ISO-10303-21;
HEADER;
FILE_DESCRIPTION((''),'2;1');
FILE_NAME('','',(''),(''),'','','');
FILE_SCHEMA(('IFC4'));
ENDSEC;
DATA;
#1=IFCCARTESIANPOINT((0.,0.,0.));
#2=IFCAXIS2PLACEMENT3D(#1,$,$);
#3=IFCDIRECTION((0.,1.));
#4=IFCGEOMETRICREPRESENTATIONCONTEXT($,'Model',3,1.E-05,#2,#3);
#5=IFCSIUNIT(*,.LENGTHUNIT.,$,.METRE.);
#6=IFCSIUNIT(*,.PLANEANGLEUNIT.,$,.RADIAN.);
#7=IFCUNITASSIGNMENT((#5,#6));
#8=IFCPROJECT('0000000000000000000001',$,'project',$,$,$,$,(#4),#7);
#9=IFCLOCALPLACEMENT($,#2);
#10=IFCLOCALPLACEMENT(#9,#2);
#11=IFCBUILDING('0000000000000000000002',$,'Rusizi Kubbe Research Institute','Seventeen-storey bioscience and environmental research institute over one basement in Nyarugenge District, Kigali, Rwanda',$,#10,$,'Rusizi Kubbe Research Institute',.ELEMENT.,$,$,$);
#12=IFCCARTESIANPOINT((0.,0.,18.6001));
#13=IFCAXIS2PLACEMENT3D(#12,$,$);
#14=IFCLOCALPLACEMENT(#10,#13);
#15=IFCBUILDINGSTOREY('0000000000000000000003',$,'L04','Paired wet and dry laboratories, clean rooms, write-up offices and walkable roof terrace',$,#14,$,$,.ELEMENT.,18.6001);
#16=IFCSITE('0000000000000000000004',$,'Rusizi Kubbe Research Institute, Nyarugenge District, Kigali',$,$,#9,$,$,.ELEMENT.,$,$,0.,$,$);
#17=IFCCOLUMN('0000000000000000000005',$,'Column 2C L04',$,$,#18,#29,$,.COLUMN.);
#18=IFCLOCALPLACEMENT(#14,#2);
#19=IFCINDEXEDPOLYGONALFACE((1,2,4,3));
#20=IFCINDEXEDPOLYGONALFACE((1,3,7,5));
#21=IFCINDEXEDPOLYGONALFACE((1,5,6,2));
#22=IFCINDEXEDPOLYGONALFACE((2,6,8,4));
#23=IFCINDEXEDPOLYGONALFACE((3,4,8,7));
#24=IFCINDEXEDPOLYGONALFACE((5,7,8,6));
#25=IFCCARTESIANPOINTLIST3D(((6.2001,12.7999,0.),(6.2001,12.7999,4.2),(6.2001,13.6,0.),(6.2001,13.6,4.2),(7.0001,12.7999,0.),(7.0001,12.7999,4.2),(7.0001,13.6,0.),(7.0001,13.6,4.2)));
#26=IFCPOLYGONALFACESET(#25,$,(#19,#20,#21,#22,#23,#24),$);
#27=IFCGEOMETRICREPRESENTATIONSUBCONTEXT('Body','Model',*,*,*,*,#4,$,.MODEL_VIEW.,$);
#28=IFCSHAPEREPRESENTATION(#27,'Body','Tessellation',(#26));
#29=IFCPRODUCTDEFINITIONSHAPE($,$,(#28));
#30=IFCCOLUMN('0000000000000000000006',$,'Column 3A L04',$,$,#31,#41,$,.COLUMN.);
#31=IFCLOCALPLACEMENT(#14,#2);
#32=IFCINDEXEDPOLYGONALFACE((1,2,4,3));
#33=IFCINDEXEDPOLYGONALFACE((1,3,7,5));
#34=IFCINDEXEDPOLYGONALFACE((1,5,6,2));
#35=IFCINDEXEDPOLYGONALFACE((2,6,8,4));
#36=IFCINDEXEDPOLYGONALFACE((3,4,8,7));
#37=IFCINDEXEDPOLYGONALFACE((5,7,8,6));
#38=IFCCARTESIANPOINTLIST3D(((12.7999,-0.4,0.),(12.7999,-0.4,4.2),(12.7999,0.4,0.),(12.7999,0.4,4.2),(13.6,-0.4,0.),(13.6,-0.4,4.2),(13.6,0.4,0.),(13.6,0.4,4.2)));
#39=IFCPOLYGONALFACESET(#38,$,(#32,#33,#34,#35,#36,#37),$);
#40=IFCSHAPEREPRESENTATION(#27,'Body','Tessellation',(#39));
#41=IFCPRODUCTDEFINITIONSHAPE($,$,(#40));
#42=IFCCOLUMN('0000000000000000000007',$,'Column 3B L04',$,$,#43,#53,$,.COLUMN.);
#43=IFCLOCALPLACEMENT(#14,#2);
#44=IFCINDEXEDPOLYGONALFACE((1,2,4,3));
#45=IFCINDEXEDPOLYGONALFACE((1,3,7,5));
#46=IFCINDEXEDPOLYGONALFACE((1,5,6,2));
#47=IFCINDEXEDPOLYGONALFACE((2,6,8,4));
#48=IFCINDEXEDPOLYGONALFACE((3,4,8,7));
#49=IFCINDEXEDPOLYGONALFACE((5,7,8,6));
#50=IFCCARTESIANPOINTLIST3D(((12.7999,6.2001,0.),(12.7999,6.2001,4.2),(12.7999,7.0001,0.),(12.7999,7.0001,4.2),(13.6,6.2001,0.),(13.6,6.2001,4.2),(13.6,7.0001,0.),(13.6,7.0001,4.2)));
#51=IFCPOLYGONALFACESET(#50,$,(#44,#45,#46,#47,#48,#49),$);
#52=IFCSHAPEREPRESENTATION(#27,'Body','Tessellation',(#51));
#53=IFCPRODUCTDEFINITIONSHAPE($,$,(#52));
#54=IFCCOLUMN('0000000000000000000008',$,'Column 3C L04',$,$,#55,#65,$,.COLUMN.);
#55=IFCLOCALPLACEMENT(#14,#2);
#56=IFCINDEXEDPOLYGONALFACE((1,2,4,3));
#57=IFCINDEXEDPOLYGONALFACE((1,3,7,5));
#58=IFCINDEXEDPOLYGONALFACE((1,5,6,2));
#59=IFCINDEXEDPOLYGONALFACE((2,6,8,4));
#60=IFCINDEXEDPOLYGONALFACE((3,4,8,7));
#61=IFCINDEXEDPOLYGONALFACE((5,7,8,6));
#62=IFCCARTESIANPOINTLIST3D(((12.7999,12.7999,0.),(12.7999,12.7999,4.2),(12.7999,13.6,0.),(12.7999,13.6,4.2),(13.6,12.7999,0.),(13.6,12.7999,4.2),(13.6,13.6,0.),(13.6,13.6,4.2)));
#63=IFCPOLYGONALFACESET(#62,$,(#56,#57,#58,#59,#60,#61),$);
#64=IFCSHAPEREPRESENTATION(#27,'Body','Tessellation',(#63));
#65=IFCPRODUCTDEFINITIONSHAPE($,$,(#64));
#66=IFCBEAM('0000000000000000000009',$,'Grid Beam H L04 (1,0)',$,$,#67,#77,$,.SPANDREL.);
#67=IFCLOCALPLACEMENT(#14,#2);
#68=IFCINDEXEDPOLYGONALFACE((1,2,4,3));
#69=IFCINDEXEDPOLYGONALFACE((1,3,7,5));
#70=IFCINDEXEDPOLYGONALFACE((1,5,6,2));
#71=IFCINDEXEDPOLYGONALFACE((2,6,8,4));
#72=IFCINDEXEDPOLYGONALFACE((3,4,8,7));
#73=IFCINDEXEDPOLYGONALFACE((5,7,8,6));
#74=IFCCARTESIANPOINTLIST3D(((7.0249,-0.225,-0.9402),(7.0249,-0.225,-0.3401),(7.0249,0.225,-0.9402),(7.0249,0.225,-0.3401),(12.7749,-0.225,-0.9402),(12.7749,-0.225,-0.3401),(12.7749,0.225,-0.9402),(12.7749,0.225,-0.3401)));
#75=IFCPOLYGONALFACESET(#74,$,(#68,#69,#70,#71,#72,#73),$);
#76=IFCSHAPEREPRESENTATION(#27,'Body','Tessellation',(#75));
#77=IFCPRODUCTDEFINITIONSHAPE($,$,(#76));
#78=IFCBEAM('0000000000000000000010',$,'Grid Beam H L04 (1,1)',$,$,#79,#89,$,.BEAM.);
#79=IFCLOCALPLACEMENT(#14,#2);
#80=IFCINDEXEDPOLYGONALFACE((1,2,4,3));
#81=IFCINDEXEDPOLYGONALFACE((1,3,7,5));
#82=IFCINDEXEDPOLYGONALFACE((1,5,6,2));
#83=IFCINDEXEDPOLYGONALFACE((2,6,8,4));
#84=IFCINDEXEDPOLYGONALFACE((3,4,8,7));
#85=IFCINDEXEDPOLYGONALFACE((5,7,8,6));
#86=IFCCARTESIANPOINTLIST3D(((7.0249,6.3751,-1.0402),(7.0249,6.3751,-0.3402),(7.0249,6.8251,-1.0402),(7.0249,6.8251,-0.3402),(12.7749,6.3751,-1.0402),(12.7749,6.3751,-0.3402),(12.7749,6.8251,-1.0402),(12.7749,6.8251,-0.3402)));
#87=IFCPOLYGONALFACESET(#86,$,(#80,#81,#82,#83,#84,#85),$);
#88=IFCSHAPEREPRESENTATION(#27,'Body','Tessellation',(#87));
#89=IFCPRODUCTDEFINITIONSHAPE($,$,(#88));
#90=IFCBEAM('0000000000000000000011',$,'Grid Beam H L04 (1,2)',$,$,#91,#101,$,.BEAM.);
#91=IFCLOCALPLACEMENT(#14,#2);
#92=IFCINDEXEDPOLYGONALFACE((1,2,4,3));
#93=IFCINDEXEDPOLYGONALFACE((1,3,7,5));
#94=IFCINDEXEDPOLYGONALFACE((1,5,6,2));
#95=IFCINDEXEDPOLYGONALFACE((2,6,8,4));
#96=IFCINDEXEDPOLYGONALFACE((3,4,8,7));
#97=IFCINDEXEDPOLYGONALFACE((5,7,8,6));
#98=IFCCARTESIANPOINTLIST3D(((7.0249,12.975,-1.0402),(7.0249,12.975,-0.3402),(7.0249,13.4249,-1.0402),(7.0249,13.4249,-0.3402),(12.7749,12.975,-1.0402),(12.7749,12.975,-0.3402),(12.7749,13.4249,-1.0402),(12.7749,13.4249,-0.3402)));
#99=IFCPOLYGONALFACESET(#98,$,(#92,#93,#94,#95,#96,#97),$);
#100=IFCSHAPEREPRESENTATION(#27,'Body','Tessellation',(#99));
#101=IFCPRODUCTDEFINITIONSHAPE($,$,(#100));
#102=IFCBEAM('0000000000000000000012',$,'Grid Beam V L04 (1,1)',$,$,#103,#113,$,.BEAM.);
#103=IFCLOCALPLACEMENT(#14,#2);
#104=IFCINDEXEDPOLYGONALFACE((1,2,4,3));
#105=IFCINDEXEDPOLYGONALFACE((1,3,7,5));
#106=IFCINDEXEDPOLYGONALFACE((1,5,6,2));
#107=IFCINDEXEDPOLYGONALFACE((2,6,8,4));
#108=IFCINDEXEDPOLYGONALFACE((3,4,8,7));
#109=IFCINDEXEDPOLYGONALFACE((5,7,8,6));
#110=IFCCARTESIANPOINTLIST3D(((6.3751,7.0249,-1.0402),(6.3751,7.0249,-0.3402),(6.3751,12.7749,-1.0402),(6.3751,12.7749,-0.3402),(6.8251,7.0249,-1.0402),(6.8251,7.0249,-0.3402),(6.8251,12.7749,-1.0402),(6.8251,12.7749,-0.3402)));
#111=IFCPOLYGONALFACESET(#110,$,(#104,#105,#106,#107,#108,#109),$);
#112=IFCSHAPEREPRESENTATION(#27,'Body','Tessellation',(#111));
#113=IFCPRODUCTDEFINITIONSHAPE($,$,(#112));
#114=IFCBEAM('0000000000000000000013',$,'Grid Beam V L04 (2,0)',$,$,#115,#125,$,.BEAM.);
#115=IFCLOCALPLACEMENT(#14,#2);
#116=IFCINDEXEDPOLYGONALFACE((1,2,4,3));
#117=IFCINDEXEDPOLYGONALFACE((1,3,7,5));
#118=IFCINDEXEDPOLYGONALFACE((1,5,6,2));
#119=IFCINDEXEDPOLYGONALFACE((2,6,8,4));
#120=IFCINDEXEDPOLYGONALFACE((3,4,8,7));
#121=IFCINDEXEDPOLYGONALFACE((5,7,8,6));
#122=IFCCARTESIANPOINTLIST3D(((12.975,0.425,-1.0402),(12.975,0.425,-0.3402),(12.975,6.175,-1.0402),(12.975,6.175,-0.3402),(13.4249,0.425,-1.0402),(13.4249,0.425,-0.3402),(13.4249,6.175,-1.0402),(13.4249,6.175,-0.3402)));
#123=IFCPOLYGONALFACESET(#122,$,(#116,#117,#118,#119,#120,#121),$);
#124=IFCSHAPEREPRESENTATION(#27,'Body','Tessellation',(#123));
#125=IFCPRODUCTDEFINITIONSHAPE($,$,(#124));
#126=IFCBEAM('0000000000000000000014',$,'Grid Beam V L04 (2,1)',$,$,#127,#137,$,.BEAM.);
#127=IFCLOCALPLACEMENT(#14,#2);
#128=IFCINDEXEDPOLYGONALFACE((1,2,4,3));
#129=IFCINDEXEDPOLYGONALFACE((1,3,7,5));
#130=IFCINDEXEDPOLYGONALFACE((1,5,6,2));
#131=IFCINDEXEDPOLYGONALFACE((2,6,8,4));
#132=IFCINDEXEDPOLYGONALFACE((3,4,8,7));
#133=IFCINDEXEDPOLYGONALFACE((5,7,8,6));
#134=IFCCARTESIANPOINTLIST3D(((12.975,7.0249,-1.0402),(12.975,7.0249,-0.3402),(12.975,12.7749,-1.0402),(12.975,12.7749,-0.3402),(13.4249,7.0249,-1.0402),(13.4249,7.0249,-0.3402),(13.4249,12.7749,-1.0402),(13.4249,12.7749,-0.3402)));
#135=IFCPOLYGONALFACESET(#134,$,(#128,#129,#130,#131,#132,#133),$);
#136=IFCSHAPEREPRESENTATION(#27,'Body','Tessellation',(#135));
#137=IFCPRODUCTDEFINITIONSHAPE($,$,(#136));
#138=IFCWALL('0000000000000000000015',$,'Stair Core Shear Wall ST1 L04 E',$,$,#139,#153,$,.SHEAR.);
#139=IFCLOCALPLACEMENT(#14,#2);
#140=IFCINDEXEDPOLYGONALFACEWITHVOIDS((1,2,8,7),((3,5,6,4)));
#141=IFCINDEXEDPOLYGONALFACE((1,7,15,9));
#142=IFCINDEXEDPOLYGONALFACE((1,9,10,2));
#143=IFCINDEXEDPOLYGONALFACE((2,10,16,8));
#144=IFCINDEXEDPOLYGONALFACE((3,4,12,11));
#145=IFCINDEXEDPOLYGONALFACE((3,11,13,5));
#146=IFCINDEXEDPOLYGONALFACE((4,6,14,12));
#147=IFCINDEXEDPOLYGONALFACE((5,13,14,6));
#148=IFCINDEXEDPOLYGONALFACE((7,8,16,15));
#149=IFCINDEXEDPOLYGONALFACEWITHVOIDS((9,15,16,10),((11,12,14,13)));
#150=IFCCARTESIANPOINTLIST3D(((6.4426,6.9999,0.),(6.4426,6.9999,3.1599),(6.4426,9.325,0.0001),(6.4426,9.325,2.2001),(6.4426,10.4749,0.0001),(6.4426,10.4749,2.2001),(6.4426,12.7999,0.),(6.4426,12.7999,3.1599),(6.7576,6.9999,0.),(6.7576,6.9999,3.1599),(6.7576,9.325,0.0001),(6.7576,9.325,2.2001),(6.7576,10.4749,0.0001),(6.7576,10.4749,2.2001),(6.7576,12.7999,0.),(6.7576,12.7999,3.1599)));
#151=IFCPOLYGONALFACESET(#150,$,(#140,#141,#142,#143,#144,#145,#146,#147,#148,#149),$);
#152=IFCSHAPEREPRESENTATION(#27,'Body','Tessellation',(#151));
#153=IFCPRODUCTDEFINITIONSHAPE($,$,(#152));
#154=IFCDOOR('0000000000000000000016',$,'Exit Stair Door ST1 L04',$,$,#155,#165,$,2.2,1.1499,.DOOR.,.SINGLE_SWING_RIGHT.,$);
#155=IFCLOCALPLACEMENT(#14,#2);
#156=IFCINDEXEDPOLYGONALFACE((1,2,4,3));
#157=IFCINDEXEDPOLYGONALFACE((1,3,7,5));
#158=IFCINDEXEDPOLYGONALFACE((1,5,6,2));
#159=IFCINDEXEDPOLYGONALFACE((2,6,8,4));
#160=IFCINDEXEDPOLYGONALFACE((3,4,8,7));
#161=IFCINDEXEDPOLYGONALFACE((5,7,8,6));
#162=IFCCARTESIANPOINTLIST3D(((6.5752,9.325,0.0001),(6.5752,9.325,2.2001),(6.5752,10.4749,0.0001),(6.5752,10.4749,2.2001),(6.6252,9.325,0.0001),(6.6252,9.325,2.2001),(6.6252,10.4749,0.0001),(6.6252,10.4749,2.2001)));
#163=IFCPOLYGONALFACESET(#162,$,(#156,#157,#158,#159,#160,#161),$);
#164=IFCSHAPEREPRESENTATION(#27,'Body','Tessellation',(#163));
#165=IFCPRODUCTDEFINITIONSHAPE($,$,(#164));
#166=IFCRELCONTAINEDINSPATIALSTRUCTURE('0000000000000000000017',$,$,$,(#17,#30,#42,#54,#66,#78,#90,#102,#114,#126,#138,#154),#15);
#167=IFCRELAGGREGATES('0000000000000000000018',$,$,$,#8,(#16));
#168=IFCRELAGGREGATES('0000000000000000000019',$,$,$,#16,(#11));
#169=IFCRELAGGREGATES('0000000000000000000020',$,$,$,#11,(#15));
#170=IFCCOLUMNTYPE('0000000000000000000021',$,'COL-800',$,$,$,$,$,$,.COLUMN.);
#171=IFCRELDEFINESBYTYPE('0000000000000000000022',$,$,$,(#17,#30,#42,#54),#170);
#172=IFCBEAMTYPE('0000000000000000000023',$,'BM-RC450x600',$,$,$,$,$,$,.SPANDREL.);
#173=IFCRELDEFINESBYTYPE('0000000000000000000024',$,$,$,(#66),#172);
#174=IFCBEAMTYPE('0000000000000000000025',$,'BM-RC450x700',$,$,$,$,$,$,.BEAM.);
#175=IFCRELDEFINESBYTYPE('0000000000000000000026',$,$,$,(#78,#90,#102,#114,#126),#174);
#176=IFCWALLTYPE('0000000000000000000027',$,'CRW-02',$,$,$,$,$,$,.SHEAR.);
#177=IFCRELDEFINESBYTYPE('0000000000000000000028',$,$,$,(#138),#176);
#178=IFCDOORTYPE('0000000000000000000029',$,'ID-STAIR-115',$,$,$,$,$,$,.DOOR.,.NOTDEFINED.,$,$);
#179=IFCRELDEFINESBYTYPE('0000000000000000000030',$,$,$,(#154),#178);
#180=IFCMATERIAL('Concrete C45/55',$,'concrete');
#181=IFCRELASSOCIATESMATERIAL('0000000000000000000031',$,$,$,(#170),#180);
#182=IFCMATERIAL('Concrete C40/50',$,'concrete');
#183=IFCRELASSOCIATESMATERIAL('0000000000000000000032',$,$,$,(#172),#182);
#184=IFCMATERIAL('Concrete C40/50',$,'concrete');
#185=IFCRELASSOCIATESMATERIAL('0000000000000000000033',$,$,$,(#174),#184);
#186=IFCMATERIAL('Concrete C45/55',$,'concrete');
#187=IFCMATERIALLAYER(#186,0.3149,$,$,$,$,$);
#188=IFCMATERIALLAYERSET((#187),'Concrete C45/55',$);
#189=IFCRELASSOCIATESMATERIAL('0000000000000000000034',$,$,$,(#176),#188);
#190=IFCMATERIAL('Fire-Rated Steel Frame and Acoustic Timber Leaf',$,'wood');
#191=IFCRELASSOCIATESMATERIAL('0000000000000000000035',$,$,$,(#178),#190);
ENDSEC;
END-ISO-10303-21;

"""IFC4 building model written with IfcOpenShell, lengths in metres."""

from ifc_helpers import new_model, si_unit, direction, frame, frame_2d, origin, origin_2d, place, context, subcontext, project, spatial, rectangle, extrude, material, layer, layer_set, material_profile, profile_set, type_object, element, fill, save


model = new_model("IFC4")

# Units and contexts
model_context = context("Model", 3, precision=1e-05, world=origin(), true_north=direction((0.0, 1.0)))
body_context = subcontext(model_context, "Body", "Model", "MODEL_VIEW")
ifc_project = project(units=[si_unit("LENGTHUNIT", "METRE"), si_unit("PLANEANGLEUNIT", "RADIAN")], contexts=[model_context])

# Site, building, storey
site_placement = place(None, origin())
site = spatial("IfcSite", under=ifc_project, at=site_placement, Name="Rusizi Kubbe Research Institute, Nyarugenge District, Kigali", CompositionType="ELEMENT", RefElevation=0.0)
building_placement = place(site_placement, origin())
building = spatial("IfcBuilding", under=site, at=building_placement, Name="Rusizi Kubbe Research Institute", Description="Seventeen-storey bioscience and environmental research institute over one basement in Nyarugenge District, Kigali, Rwanda", LongName="Rusizi Kubbe Research Institute", CompositionType="ELEMENT")
storey_placement = place(building_placement, frame((0.0, 0.0, 18.6001)))
storey = spatial("IfcBuildingStorey", under=building, at=storey_placement, Name="L04", Description="Paired wet and dry laboratories, clean rooms, write-up offices and walkable roof terrace", CompositionType="ELEMENT", Elevation=18.6001)

# Columns
ifc_material_1 = material(Name="Concrete C45/55", Category="concrete")
ifc_material_profile_1 = material_profile(ifc_material_1, rectangle(XDim=0.8, YDim=0.8, at=origin_2d()), Name="RC800x800")
ifc_profile_set_1 = profile_set([ifc_material_profile_1], Name="Concrete C45/55")
column_type = type_object("IfcColumnType", Name="COL-800", PredefinedType="COLUMN", material=ifc_profile_set_1)
for number, where, z_axis, x_axis, name in (
    (1, (6.6001, 13.2, 0.0), (0.0, 0.0, 1.0), (1.0, 0.0, 0.0), "Column 2C L04"),
    (2, (13.2, 0.0, 0.0), (0.0, 0.0, 1.0), (1.0, 0.0, 0.0), "Column 3A L04"),
    (3, (13.2, 6.6001, 0.0), (0.0, 0.0, 1.0), (1.0, 0.0, 0.0), "Column 3B L04"),
    (4, (13.2, 13.2, 0.0), (0.0, 0.0, 1.0), (1.0, 0.0, 0.0), "Column 3C L04"),
):
    element("IfcColumn", number, at=place(storey_placement, frame(where, z_axis=z_axis, x_axis=x_axis)), inside=storey, type_object=column_type, Name=name, PredefinedType="COLUMN", context=body_context, shape_type="SweptSolid", body=[
        extrude(rectangle(XDim=0.8, YDim=0.8, at=origin_2d()), origin(), (0.0, 0.0, 1.0), 4.2),
    ])

# Beams
ifc_material_2 = material(Name="Concrete C40/50", Category="concrete")
ifc_material_profile_2 = material_profile(ifc_material_2, rectangle(XDim=0.45, YDim=0.6001, at=origin_2d()), Name="RC450x600")
ifc_profile_set_2 = profile_set([ifc_material_profile_2], Name="Concrete C40/50")
beam_type_1 = type_object("IfcBeamType", Name="BM-RC450x600", PredefinedType="SPANDREL", material=ifc_profile_set_2)
beam_placement = place(storey_placement, frame((7.0249, 0.0, -0.6401), z_axis=(1.0, 0.0, 0.0), x_axis=(0.0, 1.0, 0.0)))
element("IfcBeam", 5, at=beam_placement, inside=storey, type_object=beam_type_1, Name="Grid Beam H L04 (1,0)", PredefinedType="SPANDREL", context=body_context, shape_type="SweptSolid", body=[
    extrude(rectangle(XDim=0.45, YDim=0.6001, at=origin_2d()), origin(), (0.0, 0.0, 1.0), 5.75),
])
ifc_material_3 = material(Name="Concrete C40/50", Category="concrete")
ifc_material_profile_3 = material_profile(ifc_material_3, rectangle(XDim=0.45, YDim=0.7, at=origin_2d()), Name="RC450x700B")
ifc_profile_set_3 = profile_set([ifc_material_profile_3], Name="Concrete C40/50")
beam_type_2 = type_object("IfcBeamType", Name="BM-RC450x700", PredefinedType="BEAM", material=ifc_profile_set_3)
for number, where, z_axis, x_axis, name in (
    (6, (7.0249, 6.6001, -0.6902), (1.0, 0.0, 0.0), (0.0, 1.0, 0.0), "Grid Beam H L04 (1,1)"),
    (7, (7.0249, 13.2, -0.6902), (1.0, 0.0, 0.0), (0.0, 1.0, 0.0), "Grid Beam H L04 (1,2)"),
    (8, (6.6001, 7.0249, -0.6902), (0.0, 1.0, 0.0), (-1.0, 0.0, 0.0), "Grid Beam V L04 (1,1)"),
    (9, (13.2, 0.425, -0.6902), (0.0, 1.0, 0.0), (-1.0, 0.0, 0.0), "Grid Beam V L04 (2,0)"),
    (10, (13.2, 7.0249, -0.6902), (0.0, 1.0, 0.0), (-1.0, 0.0, 0.0), "Grid Beam V L04 (2,1)"),
):
    element("IfcBeam", number, at=place(storey_placement, frame(where, z_axis=z_axis, x_axis=x_axis)), inside=storey, type_object=beam_type_2, Name=name, PredefinedType="BEAM", context=body_context, shape_type="SweptSolid", body=[
        extrude(rectangle(XDim=0.45, YDim=0.7, at=origin_2d()), origin(), (0.0, 0.0, 1.0), 5.75),
    ])

# Wall, opening, door
ifc_material_4 = material(Name="Concrete C45/55", Category="concrete")
ifc_layer_1 = layer(ifc_material_4, 0.3149)
ifc_layer_set_1 = layer_set([ifc_layer_1], Name="Concrete C45/55")
wall_type_1 = type_object("IfcWallType", Name="CRW-02", PredefinedType="SHEAR", material=ifc_layer_set_1)
wall_1_placement = place(storey_placement, frame((6.6001, 7.0, 0.0), z_axis=(0.0, 0.0, 1.0), x_axis=(0.0, 1.0, 0.0)))
wall_1 = element("IfcWall", 11, at=wall_1_placement, inside=storey, type_object=wall_type_1, Name="Stair Core Shear Wall ST1 L04 E", PredefinedType="SHEAR", context=body_context, shape_type="SweptSolid", body=[
    extrude(rectangle(XDim=5.8, YDim=0.3149, at=frame_2d((2.8999, 0.0))), origin(), (0.0, 0.0, 1.0), 3.1599),
])
opening_1_placement = place(wall_1_placement, frame((2.325, 0.0, 0.0)))
opening_1 = element("IfcOpeningElement", 12, at=opening_1_placement, cuts=wall_1, PredefinedType="OPENING", context=body_context, shape_type="SweptSolid", body=[
    extrude(rectangle(XDim=1.1499, YDim=2.2, at=frame_2d((0.575, 1.1001))), frame((0.0, 0.1675, 0.0), z_axis=(0.0, -1.0, 0.0), x_axis=(1.0, 0.0, 0.0)), (0.0, 0.0, 1.0), 0.335),
])
ifc_material_5 = material(Name="Fire-Rated Steel Frame and Acoustic Timber Leaf", Category="wood")
door_type_1 = type_object("IfcDoorType", Name="ID-STAIR-115", OperationType="NOTDEFINED", PredefinedType="DOOR", material=ifc_material_5)
door_1_placement = place(opening_1_placement, origin())
door_1 = element("IfcDoor", 13, at=door_1_placement, inside=storey, type_object=door_type_1, Name="Exit Stair Door ST1 L04", OperationType="SINGLE_SWING_RIGHT", OverallHeight=2.2, OverallWidth=1.1499, PredefinedType="DOOR", context=body_context, shape_type="SweptSolid", body=[
    extrude(rectangle(XDim=1.1499, YDim=2.2, at=frame_2d((0.575, 1.1001))), frame((0.0, 0.0249, 0.0), z_axis=(0.0, -1.0, 0.0), x_axis=(1.0, 0.0, 0.0)), (0.0, 0.0, 1.0), 0.05),
])
fill(opening_1, door_1)

save(model, "model.ifc")
